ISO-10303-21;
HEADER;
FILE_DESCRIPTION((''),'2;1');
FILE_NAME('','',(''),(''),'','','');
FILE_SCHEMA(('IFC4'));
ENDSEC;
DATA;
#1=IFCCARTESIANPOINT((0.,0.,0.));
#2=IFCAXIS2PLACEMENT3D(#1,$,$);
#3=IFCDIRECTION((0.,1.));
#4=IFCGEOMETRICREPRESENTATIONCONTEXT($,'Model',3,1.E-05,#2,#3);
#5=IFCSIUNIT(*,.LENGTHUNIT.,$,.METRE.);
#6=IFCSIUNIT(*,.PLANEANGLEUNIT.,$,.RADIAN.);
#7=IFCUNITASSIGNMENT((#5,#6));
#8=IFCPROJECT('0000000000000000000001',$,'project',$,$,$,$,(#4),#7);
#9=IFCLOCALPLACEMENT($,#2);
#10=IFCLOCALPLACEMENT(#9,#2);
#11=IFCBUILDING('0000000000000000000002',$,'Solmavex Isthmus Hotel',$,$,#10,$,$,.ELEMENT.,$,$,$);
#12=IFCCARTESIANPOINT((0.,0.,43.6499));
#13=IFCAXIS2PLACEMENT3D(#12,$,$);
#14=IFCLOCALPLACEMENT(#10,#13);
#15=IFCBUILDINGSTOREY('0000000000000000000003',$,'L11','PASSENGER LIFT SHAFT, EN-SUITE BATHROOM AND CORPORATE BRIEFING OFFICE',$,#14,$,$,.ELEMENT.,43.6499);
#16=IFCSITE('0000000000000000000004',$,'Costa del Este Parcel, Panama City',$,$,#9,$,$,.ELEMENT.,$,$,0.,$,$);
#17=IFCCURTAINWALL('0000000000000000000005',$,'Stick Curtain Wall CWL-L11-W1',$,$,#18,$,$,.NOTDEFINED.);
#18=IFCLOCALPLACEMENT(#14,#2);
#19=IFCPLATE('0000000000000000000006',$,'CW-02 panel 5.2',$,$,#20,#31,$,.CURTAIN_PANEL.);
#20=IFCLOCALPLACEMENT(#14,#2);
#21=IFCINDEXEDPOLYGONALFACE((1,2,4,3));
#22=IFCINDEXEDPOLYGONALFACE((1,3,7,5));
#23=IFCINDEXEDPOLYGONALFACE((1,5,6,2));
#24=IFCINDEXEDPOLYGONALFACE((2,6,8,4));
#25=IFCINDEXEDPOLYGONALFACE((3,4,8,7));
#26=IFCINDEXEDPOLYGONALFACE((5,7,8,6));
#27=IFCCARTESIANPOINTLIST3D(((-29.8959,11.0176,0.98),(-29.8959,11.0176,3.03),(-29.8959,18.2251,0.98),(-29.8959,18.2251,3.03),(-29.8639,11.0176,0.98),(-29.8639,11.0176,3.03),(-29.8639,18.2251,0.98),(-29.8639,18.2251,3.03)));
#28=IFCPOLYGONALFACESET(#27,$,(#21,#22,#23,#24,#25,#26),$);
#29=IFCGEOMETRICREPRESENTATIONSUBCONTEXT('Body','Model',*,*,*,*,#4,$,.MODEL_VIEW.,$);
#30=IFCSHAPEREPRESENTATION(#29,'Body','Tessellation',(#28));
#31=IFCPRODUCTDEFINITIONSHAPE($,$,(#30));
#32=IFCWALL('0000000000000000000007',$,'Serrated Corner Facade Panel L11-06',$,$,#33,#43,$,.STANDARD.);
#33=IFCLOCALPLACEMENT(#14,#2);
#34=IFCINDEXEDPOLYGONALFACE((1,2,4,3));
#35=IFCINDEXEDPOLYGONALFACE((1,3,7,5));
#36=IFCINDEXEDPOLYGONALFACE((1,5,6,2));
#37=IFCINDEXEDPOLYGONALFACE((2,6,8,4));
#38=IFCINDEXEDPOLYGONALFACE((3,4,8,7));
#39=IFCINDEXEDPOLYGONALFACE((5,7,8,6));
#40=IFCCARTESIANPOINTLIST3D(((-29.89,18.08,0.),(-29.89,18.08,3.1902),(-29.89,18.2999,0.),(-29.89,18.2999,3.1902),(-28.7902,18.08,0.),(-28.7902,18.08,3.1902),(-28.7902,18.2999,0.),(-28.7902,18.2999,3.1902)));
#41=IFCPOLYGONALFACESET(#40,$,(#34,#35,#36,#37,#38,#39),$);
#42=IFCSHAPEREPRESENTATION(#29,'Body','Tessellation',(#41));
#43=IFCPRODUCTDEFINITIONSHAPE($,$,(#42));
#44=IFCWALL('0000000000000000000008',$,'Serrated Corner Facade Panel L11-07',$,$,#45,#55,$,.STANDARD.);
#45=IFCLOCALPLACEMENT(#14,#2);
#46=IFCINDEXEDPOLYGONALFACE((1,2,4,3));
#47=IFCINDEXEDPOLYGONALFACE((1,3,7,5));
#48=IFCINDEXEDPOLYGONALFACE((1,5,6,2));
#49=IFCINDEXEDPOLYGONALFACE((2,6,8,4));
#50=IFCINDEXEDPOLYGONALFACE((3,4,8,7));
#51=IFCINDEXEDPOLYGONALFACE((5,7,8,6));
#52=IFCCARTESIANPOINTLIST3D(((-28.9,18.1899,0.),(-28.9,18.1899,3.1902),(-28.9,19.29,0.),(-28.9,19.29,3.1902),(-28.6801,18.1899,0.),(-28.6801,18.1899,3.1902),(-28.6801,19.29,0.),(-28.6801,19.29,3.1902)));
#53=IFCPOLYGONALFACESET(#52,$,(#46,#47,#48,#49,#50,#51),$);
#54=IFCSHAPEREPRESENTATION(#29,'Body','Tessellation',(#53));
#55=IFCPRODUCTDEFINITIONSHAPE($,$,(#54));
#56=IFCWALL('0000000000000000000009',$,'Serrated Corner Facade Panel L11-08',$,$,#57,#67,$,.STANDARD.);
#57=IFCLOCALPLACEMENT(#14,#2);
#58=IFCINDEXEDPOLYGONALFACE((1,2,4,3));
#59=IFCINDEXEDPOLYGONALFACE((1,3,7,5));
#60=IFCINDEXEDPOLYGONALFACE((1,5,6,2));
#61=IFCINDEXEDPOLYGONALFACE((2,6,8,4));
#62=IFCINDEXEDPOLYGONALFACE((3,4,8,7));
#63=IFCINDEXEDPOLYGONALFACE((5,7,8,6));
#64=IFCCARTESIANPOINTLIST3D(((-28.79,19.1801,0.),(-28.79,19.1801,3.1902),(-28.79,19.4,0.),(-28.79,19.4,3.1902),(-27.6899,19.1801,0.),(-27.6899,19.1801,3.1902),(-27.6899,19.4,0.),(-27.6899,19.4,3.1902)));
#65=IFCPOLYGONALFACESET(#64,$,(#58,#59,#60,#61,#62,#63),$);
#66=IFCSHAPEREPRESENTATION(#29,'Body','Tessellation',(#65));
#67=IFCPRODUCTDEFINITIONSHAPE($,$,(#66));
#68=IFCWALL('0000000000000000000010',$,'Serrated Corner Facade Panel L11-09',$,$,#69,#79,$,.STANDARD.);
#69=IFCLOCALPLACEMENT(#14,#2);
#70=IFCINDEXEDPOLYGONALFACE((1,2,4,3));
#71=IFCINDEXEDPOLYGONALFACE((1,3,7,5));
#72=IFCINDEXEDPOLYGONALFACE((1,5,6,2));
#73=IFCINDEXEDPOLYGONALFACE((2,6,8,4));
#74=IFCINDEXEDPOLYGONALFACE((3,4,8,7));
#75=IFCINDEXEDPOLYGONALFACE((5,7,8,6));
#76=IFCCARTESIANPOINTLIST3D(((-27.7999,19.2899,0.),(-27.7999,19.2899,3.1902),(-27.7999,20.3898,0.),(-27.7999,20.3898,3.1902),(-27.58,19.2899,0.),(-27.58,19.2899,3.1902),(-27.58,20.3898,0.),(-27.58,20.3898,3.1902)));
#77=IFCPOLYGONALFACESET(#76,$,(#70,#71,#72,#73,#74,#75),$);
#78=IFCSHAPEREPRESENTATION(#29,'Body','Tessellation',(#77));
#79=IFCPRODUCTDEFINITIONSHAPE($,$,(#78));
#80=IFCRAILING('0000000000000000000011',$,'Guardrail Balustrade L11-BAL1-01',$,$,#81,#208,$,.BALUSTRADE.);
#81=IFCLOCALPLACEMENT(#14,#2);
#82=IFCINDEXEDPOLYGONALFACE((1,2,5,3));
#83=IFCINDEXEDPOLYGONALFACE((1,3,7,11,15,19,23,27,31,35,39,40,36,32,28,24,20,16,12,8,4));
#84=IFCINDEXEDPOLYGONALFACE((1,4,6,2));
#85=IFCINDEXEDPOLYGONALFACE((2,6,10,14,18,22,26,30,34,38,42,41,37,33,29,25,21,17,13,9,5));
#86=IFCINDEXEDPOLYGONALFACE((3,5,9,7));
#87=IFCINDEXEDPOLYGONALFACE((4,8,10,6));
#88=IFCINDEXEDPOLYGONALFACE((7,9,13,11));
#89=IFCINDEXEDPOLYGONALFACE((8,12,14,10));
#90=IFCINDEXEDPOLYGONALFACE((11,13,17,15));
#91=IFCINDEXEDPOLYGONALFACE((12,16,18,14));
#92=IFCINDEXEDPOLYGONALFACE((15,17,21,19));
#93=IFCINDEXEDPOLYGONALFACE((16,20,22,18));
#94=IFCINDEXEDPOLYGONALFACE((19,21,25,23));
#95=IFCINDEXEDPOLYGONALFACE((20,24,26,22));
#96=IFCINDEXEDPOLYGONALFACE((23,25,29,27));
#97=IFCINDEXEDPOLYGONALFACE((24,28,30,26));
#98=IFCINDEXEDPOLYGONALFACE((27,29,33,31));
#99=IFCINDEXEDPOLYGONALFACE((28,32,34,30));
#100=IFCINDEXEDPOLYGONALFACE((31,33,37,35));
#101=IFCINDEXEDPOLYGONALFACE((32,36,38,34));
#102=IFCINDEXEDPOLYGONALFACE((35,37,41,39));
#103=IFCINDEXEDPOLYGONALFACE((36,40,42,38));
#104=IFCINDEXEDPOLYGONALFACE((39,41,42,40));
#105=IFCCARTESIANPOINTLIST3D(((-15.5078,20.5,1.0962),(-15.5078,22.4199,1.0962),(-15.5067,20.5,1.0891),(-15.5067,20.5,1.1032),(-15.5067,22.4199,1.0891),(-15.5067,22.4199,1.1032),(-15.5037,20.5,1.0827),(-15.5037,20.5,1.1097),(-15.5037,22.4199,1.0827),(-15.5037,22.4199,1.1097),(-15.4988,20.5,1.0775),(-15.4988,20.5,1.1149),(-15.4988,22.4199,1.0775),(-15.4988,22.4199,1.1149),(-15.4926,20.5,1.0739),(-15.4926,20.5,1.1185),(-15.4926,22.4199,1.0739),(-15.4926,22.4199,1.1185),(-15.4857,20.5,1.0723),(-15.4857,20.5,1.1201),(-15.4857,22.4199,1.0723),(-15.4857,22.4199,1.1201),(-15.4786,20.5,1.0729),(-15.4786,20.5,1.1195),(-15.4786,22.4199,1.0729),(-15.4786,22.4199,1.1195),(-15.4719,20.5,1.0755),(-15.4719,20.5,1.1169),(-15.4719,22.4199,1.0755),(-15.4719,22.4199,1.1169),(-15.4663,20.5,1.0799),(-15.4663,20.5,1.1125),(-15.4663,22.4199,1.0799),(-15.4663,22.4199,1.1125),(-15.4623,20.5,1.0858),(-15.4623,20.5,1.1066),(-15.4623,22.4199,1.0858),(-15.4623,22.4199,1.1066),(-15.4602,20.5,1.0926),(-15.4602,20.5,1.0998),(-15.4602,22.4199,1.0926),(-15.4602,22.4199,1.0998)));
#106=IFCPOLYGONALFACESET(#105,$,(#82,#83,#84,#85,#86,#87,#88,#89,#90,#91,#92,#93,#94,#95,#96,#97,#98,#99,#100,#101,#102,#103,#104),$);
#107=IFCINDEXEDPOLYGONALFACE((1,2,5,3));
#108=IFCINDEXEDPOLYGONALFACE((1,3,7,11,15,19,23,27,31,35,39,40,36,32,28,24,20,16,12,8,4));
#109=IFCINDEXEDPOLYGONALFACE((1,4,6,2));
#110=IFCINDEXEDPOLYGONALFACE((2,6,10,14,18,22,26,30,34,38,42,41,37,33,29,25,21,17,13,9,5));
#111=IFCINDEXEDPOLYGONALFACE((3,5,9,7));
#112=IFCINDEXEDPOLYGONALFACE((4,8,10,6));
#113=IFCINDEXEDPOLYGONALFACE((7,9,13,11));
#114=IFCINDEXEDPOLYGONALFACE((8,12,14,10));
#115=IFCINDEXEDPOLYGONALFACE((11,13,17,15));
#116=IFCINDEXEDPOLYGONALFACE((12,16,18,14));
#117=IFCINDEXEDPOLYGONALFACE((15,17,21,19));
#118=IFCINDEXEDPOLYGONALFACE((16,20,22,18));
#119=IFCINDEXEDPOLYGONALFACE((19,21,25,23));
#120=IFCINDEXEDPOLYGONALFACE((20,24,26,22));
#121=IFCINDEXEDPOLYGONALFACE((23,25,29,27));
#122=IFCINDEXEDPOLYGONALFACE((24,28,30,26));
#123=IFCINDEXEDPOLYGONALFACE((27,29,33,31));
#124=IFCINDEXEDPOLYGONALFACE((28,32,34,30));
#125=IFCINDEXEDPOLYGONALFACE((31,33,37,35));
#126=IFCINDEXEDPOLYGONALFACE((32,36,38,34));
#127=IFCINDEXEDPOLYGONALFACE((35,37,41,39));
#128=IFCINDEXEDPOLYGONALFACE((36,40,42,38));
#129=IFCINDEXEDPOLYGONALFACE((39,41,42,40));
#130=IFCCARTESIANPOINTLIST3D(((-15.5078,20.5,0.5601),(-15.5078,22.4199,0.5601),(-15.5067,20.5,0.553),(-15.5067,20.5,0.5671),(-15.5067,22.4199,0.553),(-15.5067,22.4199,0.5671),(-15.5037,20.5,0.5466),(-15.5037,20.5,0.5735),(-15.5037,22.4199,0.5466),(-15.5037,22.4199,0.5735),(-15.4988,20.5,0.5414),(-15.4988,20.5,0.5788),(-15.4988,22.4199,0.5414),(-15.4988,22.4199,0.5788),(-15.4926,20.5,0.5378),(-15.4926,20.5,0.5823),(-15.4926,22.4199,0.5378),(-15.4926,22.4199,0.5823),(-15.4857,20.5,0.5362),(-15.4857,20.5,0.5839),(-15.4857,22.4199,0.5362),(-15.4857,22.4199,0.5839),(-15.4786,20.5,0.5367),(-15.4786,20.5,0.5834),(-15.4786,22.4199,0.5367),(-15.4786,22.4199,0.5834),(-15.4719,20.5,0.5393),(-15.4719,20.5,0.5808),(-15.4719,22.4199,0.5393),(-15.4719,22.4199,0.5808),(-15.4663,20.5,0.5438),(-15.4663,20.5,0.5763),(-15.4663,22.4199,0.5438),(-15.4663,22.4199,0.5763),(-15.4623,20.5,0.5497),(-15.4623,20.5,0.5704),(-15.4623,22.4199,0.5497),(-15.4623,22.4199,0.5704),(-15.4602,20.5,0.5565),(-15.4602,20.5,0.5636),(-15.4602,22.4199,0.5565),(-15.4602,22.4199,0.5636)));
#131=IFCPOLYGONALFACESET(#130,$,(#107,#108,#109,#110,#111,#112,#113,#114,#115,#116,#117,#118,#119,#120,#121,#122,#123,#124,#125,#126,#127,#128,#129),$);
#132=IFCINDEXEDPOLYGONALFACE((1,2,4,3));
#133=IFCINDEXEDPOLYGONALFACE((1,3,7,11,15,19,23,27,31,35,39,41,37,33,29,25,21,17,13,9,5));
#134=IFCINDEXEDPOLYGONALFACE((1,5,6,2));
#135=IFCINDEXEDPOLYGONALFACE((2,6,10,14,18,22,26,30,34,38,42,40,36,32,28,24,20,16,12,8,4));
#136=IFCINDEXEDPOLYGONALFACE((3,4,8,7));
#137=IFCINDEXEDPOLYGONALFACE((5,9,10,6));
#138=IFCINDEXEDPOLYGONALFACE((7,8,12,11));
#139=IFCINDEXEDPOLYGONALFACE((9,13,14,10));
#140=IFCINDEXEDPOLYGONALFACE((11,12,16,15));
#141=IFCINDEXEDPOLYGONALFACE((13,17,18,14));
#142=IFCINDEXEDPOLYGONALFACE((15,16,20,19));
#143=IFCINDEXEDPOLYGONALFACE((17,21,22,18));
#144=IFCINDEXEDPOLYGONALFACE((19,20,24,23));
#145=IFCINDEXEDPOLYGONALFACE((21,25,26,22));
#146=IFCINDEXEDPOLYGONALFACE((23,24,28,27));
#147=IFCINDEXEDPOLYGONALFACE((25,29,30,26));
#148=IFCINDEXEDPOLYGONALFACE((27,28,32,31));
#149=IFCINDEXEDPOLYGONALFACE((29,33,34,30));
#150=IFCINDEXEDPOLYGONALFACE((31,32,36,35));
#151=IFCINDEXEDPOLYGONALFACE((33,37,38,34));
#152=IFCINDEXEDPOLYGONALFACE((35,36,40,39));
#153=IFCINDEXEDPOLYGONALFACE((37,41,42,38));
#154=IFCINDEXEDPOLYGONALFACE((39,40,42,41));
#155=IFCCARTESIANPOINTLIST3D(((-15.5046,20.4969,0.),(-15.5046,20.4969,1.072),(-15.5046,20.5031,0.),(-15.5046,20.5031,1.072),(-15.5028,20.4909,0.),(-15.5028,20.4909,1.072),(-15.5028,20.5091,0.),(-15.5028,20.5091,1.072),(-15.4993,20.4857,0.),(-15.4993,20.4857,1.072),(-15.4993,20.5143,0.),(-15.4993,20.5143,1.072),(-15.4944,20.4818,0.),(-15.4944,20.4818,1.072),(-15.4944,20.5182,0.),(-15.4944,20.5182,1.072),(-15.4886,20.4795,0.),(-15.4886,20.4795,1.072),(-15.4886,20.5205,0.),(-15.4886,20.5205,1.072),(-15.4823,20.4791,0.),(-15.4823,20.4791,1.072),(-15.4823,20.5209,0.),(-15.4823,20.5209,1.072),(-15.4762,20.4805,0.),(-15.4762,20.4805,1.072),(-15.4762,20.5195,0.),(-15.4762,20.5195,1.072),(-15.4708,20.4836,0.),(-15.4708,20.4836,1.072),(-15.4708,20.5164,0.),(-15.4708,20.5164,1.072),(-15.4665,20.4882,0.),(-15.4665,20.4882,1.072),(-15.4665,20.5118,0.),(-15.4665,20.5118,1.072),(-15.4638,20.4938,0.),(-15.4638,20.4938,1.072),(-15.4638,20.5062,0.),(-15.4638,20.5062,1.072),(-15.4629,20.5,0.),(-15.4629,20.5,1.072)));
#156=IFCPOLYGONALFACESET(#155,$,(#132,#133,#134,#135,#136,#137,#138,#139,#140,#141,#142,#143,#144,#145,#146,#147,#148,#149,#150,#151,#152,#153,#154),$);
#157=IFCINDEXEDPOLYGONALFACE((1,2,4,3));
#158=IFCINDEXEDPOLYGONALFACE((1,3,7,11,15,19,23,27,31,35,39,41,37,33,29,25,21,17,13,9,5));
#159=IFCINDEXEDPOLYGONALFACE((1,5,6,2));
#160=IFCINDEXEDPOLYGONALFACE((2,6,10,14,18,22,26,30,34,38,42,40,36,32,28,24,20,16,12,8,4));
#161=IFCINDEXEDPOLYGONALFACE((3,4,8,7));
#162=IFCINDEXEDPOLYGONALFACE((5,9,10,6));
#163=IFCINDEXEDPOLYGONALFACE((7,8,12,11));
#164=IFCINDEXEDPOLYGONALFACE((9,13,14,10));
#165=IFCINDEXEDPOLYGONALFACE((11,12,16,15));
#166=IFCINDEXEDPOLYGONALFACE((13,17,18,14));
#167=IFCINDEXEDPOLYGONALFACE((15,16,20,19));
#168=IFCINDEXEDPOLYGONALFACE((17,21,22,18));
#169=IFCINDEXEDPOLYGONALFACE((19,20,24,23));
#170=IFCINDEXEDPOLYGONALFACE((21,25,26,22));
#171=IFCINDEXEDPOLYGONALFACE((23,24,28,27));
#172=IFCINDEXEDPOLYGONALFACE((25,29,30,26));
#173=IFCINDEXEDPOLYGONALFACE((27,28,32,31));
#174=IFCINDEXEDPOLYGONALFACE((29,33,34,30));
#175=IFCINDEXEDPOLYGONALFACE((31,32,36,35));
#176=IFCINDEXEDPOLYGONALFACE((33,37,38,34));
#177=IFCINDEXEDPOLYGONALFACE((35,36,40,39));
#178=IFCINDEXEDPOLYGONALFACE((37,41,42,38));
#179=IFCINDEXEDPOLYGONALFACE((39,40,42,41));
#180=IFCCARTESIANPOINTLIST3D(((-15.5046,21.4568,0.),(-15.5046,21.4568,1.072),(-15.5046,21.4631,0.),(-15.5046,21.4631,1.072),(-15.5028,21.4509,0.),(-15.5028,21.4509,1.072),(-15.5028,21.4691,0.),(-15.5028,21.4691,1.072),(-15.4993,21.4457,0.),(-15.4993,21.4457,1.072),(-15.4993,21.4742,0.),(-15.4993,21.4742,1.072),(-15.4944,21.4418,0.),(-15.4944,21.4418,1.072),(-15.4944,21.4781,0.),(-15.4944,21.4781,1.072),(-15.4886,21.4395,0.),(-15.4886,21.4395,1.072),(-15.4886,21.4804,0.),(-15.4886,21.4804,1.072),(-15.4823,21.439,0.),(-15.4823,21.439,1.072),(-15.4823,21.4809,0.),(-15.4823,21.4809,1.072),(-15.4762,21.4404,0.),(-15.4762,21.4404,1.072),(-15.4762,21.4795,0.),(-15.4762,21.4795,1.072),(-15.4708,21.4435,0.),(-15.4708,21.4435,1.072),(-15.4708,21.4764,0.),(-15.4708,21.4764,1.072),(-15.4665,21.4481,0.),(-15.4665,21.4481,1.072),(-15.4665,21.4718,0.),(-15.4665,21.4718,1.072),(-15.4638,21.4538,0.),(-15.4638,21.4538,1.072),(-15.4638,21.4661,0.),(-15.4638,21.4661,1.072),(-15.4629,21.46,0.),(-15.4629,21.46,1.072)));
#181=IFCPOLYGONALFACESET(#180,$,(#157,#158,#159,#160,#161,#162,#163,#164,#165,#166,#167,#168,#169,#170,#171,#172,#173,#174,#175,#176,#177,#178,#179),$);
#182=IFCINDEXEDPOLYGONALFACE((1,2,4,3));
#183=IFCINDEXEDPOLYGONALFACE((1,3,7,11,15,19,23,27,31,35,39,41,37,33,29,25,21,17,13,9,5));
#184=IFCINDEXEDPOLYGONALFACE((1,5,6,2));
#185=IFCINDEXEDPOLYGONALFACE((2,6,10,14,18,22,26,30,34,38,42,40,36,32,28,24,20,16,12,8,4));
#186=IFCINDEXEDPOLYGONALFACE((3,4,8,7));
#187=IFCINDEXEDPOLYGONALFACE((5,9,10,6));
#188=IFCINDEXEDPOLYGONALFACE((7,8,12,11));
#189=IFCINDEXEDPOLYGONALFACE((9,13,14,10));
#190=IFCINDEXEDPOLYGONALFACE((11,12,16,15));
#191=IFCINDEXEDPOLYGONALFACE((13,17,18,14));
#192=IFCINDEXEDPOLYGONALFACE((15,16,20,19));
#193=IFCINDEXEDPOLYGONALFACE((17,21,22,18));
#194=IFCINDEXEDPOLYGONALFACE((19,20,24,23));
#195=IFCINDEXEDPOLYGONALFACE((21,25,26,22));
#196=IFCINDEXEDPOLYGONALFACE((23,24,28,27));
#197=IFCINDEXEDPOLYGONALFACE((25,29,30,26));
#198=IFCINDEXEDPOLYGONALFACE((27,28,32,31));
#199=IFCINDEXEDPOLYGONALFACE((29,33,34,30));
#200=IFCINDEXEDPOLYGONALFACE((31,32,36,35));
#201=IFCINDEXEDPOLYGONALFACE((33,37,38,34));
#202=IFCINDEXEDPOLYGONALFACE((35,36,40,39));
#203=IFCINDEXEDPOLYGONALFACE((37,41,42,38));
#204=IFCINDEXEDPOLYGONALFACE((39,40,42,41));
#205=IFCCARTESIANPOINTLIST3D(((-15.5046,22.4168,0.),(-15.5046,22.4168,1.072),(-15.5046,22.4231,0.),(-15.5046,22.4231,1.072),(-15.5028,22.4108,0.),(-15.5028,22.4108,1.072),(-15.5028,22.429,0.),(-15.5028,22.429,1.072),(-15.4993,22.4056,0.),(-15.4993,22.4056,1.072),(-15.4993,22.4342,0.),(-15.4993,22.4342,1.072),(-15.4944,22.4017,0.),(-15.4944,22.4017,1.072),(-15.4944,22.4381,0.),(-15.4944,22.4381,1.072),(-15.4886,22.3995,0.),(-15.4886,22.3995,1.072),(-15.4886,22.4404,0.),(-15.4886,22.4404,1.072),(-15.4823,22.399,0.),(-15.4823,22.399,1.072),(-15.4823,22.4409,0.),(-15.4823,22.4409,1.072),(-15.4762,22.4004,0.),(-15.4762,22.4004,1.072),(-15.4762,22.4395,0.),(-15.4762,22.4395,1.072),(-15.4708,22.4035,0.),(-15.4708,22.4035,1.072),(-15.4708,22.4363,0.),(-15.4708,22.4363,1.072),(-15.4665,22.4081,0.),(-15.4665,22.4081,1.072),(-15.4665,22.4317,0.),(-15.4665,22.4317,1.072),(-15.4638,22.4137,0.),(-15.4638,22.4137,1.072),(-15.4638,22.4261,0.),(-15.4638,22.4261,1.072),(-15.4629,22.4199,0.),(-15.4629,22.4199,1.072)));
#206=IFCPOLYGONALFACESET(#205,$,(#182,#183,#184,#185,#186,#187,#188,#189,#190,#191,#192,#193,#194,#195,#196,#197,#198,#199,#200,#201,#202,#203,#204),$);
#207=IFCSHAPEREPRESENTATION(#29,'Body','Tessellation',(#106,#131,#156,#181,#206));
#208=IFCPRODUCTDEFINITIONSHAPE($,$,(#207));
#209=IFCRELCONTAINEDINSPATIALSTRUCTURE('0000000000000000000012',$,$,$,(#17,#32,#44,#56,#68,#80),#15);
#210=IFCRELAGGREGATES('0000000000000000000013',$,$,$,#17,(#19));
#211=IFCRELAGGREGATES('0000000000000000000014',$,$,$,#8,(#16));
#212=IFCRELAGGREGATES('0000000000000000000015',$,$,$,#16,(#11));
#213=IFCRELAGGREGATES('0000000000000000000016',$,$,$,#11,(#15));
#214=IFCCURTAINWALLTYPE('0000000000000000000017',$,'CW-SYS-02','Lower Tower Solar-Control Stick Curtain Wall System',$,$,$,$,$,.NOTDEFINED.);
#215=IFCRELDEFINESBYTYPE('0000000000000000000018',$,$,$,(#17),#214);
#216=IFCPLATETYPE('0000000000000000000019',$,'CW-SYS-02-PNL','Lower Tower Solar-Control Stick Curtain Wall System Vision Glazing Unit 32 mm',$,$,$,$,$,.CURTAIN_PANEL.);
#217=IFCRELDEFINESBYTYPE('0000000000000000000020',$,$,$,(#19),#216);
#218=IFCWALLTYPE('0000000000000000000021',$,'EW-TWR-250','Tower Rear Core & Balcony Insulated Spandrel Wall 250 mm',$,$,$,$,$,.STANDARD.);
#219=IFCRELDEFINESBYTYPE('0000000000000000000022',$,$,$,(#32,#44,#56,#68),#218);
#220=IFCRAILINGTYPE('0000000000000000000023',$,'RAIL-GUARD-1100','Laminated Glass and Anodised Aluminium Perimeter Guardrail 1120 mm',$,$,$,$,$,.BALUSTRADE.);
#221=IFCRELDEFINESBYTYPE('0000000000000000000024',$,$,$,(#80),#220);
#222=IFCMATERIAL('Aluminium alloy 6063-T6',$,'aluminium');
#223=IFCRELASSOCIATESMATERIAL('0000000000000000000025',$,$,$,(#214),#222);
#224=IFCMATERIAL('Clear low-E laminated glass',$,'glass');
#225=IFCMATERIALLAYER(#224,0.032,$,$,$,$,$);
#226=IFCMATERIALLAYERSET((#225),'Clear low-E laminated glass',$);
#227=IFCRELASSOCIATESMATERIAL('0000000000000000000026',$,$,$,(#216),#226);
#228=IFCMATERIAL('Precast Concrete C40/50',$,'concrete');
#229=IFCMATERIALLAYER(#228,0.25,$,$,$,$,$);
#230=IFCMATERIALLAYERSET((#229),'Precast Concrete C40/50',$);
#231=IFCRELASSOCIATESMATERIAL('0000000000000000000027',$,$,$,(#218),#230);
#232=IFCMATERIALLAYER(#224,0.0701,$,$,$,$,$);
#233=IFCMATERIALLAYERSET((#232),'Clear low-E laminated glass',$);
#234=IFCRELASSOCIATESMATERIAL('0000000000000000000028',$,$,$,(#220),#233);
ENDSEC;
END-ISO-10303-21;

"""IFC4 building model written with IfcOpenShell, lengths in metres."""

from ifc_helpers import new_model, si_unit, direction, frame, frame_2d, origin, origin_2d, place, context, subcontext, project, spatial, rectangle, circle, extrude, material, layer, layer_set, type_object, element, aggregate, save


model = new_model("IFC4")

# Units and contexts
model_context = context("Model", 3, precision=1e-05, world=origin(), true_north=direction((0.0, 1.0)))
body_context = subcontext(model_context, "Body", "Model", "MODEL_VIEW")
ifc_project = project(units=[si_unit("LENGTHUNIT", "METRE"), si_unit("PLANEANGLEUNIT", "RADIAN")], contexts=[model_context])

# Site, building, storey
site_placement = place(None, origin())
site = spatial("IfcSite", under=ifc_project, at=site_placement, Name="Costa del Este Parcel, Panama City", CompositionType="ELEMENT", RefElevation=0.0)
building_placement = place(site_placement, origin())
building = spatial("IfcBuilding", under=site, at=building_placement, Name="Solmavex Isthmus Hotel", CompositionType="ELEMENT")
storey_placement = place(building_placement, frame((0.0, 0.0, 43.6499)))
storey = spatial("IfcBuildingStorey", under=building, at=storey_placement, Name="L11", Description="PASSENGER LIFT SHAFT, EN-SUITE BATHROOM AND CORPORATE BRIEFING OFFICE", CompositionType="ELEMENT", Elevation=43.6499)

# Shared definitions
ifc_material_1 = material(Name="Aluminium alloy 6063-T6", Category="aluminium")
curtain_wall_type = type_object("IfcCurtainWallType", Name="CW-SYS-02", Description="Lower Tower Solar-Control Stick Curtain Wall System", PredefinedType="NOTDEFINED", material=ifc_material_1)

# Curtain wall
curtain_wall_1_placement = place(storey_placement, origin())
curtain_wall_1 = element("IfcCurtainWall", 1, at=curtain_wall_1_placement, inside=storey, type_object=curtain_wall_type, Name="Stick Curtain Wall CWL-L11-W1", PredefinedType="NOTDEFINED")

# Plate
ifc_material_2 = material(Name="Clear low-E laminated glass", Category="glass")
ifc_layer_1 = layer(ifc_material_2, 0.032)
ifc_layer_set_1 = layer_set([ifc_layer_1], Name="Clear low-E laminated glass")
plate_type = type_object("IfcPlateType", Name="CW-SYS-02-PNL", Description="Lower Tower Solar-Control Stick Curtain Wall System Vision Glazing Unit 32 mm", PredefinedType="CURTAIN_PANEL", material=ifc_layer_set_1)
plate_1_placement = place(storey_placement, frame((-29.8799, 14.6213, 0.98), z_axis=(0.0, 0.0, 1.0), x_axis=(0.0, 1.0, 0.0)))
plate_1 = element("IfcPlate", 2, at=plate_1_placement, type_object=plate_type, Name="CW-02 panel 5.2", PredefinedType="CURTAIN_PANEL", context=body_context, shape_type="SweptSolid", body=[
    extrude(rectangle(XDim=7.2075, YDim=0.032, at=origin_2d()), origin(), (0.0, 0.0, 1.0), 2.05),
])
aggregate(curtain_wall_1, [plate_1])

# Shared definitions
ifc_material_3 = material(Name="Precast Concrete C40/50", Category="concrete")
ifc_layer_2 = layer(ifc_material_3, 0.25)
ifc_layer_set_2 = layer_set([ifc_layer_2], Name="Precast Concrete C40/50")
wall_type = type_object("IfcWallType", Name="EW-TWR-250", Description="Tower Rear Core & Balcony Insulated Spandrel Wall 250 mm", PredefinedType="STANDARD", material=ifc_layer_set_2)

# Walls
wall_1_placement = place(storey_placement, frame((-29.8899, 18.1899, 0.0), z_axis=(0.0, 0.0, 1.0), x_axis=(1.0, 0.0, 0.0)))
element("IfcWall", 3, at=wall_1_placement, inside=storey, type_object=wall_type, Name="Serrated Corner Facade Panel L11-06", PredefinedType="STANDARD", context=body_context, shape_type="SweptSolid", body=[
    extrude(rectangle(XDim=1.0999, YDim=0.22, at=frame_2d((0.5498, 0.0))), origin(), (0.0, 0.0, 1.0), 3.1902),
])
for number, where, z_axis, x_axis, name in (
    (4, (-28.79, 18.1899, 0.0), (0.0, 0.0, 1.0), (0.0, 1.0, 0.0), "Serrated Corner Facade Panel L11-07"),
    (5, (-28.79, 19.29, 0.0), (0.0, 0.0, 1.0), (1.0, 0.0, 0.0), "Serrated Corner Facade Panel L11-08"),
):
    element("IfcWall", number, at=place(storey_placement, frame(where, z_axis=z_axis, x_axis=x_axis)), inside=storey, type_object=wall_type, Name=name, PredefinedType="STANDARD", context=body_context, shape_type="SweptSolid", body=[
        extrude(rectangle(XDim=1.1001, YDim=0.22, at=frame_2d((0.55, 0.0))), origin(), (0.0, 0.0, 1.0), 3.1902),
    ])
wall_2_placement = place(storey_placement, frame((-27.6899, 19.29, 0.0), z_axis=(0.0, 0.0, 1.0), x_axis=(0.0, 1.0, 0.0)))
element("IfcWall", 6, at=wall_2_placement, inside=storey, type_object=wall_type, Name="Serrated Corner Facade Panel L11-09", PredefinedType="STANDARD", context=body_context, shape_type="SweptSolid", body=[
    extrude(rectangle(XDim=1.0999, YDim=0.22, at=frame_2d((0.5498, 0.0))), origin(), (0.0, 0.0, 1.0), 3.1902),
])

# Railing
ifc_layer_3 = layer(ifc_material_2, 0.0701)
ifc_layer_set_3 = layer_set([ifc_layer_3], Name="Clear low-E laminated glass")
railing_type = type_object("IfcRailingType", Name="RAIL-GUARD-1100", Description="Laminated Glass and Anodised Aluminium Perimeter Guardrail 1120 mm", PredefinedType="BALUSTRADE", material=ifc_layer_set_3)
railing_1_placement = place(storey_placement, frame((-15.4839, 20.5, 0.0)))
element("IfcRailing", 7, at=railing_1_placement, inside=storey, type_object=railing_type, Name="Guardrail Balustrade L11-BAL1-01", PredefinedType="BALUSTRADE", context=body_context, shape_type="SweptSolid", body=[
    extrude(circle(Radius=0.0239, at=origin_2d()), frame((0.0, 0.0, 1.0962), z_axis=(0.0, 1.0, 0.0), x_axis=(-1.0, 0.0, 0.0)), (0.0, 0.0, 1.0), 1.9199),
    extrude(circle(Radius=0.0239, at=origin_2d()), frame((0.0, 0.0, 0.5601), z_axis=(0.0, 1.0, 0.0), x_axis=(-1.0, 0.0, 0.0)), (0.0, 0.0, 1.0), 1.9199),
    extrude(circle(Radius=0.021, at=origin_2d()), origin(), (0.0, 0.0, 1.0), 1.072),
    extrude(circle(Radius=0.021, at=origin_2d()), frame((0.0, 0.96, 0.0)), (0.0, 0.0, 1.0), 1.072),
    extrude(circle(Radius=0.021, at=origin_2d()), frame((0.0, 1.9199, 0.0)), (0.0, 0.0, 1.0), 1.072),
])

save(model, "model.ifc")
